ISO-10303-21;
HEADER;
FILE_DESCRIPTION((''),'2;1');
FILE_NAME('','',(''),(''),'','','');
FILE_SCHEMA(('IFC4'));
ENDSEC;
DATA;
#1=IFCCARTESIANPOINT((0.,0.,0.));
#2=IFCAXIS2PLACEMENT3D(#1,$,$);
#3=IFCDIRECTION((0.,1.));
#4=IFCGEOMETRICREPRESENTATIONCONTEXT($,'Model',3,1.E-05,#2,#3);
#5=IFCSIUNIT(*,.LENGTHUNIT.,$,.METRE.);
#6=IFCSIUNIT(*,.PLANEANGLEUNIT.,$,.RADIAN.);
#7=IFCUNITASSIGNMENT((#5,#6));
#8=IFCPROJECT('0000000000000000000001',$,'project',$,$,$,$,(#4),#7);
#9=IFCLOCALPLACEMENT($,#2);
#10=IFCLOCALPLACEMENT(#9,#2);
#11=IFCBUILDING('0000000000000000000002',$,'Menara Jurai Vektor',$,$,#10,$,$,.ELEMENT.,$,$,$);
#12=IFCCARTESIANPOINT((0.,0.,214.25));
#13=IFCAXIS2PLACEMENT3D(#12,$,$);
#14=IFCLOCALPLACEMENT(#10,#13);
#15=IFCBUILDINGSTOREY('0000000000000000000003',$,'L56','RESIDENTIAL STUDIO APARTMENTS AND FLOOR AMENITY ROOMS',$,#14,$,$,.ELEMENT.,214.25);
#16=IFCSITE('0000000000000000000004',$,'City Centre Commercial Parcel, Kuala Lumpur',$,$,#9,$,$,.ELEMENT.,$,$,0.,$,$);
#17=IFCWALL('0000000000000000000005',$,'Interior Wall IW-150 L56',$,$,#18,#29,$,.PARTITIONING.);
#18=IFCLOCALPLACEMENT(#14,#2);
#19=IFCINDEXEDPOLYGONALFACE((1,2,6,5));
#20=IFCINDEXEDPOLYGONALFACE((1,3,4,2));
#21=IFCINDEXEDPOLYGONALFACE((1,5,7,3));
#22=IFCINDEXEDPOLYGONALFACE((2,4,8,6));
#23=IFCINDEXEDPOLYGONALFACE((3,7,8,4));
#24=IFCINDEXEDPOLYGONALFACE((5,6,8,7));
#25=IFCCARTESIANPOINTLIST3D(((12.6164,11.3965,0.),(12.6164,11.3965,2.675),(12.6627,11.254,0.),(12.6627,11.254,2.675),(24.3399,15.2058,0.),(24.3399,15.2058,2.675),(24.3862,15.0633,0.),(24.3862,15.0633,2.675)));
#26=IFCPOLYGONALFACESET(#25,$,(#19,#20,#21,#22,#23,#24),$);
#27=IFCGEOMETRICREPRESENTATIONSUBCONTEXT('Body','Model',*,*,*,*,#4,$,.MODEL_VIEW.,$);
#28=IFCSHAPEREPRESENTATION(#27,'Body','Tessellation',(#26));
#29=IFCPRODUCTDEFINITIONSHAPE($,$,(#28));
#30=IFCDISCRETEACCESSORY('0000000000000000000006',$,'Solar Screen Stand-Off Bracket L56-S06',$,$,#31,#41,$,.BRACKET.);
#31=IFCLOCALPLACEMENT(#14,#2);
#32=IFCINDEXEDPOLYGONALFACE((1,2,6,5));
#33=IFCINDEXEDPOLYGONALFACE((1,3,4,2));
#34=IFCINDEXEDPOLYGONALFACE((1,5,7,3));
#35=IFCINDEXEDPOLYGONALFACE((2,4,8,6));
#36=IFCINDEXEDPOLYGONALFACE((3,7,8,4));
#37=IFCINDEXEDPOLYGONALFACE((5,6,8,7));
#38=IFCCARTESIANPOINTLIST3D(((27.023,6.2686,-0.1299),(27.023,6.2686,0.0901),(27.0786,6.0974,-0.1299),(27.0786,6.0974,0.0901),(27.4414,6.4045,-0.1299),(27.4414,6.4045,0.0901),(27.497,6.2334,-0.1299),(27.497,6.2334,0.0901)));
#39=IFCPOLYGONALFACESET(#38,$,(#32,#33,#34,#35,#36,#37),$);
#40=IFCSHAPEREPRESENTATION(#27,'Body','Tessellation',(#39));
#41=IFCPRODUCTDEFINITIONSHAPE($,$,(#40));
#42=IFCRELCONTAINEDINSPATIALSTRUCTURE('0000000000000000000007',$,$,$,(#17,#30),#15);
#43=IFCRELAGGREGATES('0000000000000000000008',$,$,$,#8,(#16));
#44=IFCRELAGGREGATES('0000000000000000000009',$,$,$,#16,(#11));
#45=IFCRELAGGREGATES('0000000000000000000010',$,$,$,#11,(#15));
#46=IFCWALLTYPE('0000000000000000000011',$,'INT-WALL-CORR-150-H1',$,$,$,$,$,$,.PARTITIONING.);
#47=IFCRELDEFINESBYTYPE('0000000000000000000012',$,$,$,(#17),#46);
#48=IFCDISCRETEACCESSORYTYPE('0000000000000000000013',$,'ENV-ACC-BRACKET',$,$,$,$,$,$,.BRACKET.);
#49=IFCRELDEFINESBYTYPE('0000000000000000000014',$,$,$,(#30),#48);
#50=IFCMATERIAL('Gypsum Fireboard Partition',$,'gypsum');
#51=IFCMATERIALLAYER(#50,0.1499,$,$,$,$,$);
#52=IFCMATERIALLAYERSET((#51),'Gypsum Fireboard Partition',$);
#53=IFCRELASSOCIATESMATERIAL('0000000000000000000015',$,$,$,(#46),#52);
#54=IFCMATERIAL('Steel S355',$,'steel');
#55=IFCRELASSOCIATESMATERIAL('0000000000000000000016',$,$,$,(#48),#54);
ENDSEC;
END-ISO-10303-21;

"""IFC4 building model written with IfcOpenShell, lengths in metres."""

from ifc_helpers import new_model, si_unit, direction, frame, frame_2d, origin, origin_2d, place, context, subcontext, project, spatial, rectangle, extrude, material, layer, layer_set, type_object, element, save


model = new_model("IFC4")

# Units and contexts
model_context = context("Model", 3, precision=1e-05, world=origin(), true_north=direction((0.0, 1.0)))
body_context = subcontext(model_context, "Body", "Model", "MODEL_VIEW")
ifc_project = project(units=[si_unit("LENGTHUNIT", "METRE"), si_unit("PLANEANGLEUNIT", "RADIAN")], contexts=[model_context])

# Site, building, storey
site_placement = place(None, origin())
site = spatial("IfcSite", under=ifc_project, at=site_placement, Name="City Centre Commercial Parcel, Kuala Lumpur", CompositionType="ELEMENT", RefElevation=0.0)
building_placement = place(site_placement, origin())
building = spatial("IfcBuilding", under=site, at=building_placement, Name="Menara Jurai Vektor", CompositionType="ELEMENT")
storey_placement = place(building_placement, frame((0.0, 0.0, 214.25)))
storey = spatial("IfcBuildingStorey", under=building, at=storey_placement, Name="L56", Description="RESIDENTIAL STUDIO APARTMENTS AND FLOOR AMENITY ROOMS", CompositionType="ELEMENT", Elevation=214.25)

# Shared definitions
ifc_material_1 = material(Name="Steel S355", Category="steel")

# Shared definitions
ifc_material_2 = material(Name="Gypsum Fireboard Partition", Category="gypsum")

# Wall
ifc_layer_1 = layer(ifc_material_2, 0.1499)
ifc_layer_set_1 = layer_set([ifc_layer_1], Name="Gypsum Fireboard Partition")
wall_type_1 = type_object("IfcWallType", Name="INT-WALL-CORR-150-H1", PredefinedType="PARTITIONING", material=ifc_layer_set_1)
wall_1_placement = place(storey_placement, frame((12.6394, 11.3252, 0.0), z_axis=(0.0, 0.0, 1.0), x_axis=(0.951054, 0.309023, 0.0)))
element("IfcWall", 1, at=wall_1_placement, inside=storey, type_object=wall_type_1, Name="Interior Wall IW-150 L56", PredefinedType="PARTITIONING", context=body_context, shape_type="SweptSolid", body=[
    extrude(rectangle(XDim=12.3269, YDim=0.1499, at=frame_2d((6.1636, 0.0))), origin(), (0.0, 0.0, 1.0), 2.675),
])

# Discrete accessory
discrete_accessory_type = type_object("IfcDiscreteAccessoryType", Name="ENV-ACC-BRACKET", PredefinedType="BRACKET", material=ifc_material_1)
discrete_accessory_placement = place(storey_placement, frame((27.26, 6.251, -0.1299), z_axis=(0.0, 0.0, 1.0), x_axis=(-0.309017, 0.951057, 0.0)))
element("IfcDiscreteAccessory", 2, at=discrete_accessory_placement, inside=storey, type_object=discrete_accessory_type, Name="Solar Screen Stand-Off Bracket L56-S06", PredefinedType="BRACKET", context=body_context, shape_type="SweptSolid", body=[
    extrude(rectangle(XDim=0.1799, YDim=0.4399, at=origin_2d()), origin(), (0.0, 0.0, 1.0), 0.22),
])

save(model, "model.ifc")
